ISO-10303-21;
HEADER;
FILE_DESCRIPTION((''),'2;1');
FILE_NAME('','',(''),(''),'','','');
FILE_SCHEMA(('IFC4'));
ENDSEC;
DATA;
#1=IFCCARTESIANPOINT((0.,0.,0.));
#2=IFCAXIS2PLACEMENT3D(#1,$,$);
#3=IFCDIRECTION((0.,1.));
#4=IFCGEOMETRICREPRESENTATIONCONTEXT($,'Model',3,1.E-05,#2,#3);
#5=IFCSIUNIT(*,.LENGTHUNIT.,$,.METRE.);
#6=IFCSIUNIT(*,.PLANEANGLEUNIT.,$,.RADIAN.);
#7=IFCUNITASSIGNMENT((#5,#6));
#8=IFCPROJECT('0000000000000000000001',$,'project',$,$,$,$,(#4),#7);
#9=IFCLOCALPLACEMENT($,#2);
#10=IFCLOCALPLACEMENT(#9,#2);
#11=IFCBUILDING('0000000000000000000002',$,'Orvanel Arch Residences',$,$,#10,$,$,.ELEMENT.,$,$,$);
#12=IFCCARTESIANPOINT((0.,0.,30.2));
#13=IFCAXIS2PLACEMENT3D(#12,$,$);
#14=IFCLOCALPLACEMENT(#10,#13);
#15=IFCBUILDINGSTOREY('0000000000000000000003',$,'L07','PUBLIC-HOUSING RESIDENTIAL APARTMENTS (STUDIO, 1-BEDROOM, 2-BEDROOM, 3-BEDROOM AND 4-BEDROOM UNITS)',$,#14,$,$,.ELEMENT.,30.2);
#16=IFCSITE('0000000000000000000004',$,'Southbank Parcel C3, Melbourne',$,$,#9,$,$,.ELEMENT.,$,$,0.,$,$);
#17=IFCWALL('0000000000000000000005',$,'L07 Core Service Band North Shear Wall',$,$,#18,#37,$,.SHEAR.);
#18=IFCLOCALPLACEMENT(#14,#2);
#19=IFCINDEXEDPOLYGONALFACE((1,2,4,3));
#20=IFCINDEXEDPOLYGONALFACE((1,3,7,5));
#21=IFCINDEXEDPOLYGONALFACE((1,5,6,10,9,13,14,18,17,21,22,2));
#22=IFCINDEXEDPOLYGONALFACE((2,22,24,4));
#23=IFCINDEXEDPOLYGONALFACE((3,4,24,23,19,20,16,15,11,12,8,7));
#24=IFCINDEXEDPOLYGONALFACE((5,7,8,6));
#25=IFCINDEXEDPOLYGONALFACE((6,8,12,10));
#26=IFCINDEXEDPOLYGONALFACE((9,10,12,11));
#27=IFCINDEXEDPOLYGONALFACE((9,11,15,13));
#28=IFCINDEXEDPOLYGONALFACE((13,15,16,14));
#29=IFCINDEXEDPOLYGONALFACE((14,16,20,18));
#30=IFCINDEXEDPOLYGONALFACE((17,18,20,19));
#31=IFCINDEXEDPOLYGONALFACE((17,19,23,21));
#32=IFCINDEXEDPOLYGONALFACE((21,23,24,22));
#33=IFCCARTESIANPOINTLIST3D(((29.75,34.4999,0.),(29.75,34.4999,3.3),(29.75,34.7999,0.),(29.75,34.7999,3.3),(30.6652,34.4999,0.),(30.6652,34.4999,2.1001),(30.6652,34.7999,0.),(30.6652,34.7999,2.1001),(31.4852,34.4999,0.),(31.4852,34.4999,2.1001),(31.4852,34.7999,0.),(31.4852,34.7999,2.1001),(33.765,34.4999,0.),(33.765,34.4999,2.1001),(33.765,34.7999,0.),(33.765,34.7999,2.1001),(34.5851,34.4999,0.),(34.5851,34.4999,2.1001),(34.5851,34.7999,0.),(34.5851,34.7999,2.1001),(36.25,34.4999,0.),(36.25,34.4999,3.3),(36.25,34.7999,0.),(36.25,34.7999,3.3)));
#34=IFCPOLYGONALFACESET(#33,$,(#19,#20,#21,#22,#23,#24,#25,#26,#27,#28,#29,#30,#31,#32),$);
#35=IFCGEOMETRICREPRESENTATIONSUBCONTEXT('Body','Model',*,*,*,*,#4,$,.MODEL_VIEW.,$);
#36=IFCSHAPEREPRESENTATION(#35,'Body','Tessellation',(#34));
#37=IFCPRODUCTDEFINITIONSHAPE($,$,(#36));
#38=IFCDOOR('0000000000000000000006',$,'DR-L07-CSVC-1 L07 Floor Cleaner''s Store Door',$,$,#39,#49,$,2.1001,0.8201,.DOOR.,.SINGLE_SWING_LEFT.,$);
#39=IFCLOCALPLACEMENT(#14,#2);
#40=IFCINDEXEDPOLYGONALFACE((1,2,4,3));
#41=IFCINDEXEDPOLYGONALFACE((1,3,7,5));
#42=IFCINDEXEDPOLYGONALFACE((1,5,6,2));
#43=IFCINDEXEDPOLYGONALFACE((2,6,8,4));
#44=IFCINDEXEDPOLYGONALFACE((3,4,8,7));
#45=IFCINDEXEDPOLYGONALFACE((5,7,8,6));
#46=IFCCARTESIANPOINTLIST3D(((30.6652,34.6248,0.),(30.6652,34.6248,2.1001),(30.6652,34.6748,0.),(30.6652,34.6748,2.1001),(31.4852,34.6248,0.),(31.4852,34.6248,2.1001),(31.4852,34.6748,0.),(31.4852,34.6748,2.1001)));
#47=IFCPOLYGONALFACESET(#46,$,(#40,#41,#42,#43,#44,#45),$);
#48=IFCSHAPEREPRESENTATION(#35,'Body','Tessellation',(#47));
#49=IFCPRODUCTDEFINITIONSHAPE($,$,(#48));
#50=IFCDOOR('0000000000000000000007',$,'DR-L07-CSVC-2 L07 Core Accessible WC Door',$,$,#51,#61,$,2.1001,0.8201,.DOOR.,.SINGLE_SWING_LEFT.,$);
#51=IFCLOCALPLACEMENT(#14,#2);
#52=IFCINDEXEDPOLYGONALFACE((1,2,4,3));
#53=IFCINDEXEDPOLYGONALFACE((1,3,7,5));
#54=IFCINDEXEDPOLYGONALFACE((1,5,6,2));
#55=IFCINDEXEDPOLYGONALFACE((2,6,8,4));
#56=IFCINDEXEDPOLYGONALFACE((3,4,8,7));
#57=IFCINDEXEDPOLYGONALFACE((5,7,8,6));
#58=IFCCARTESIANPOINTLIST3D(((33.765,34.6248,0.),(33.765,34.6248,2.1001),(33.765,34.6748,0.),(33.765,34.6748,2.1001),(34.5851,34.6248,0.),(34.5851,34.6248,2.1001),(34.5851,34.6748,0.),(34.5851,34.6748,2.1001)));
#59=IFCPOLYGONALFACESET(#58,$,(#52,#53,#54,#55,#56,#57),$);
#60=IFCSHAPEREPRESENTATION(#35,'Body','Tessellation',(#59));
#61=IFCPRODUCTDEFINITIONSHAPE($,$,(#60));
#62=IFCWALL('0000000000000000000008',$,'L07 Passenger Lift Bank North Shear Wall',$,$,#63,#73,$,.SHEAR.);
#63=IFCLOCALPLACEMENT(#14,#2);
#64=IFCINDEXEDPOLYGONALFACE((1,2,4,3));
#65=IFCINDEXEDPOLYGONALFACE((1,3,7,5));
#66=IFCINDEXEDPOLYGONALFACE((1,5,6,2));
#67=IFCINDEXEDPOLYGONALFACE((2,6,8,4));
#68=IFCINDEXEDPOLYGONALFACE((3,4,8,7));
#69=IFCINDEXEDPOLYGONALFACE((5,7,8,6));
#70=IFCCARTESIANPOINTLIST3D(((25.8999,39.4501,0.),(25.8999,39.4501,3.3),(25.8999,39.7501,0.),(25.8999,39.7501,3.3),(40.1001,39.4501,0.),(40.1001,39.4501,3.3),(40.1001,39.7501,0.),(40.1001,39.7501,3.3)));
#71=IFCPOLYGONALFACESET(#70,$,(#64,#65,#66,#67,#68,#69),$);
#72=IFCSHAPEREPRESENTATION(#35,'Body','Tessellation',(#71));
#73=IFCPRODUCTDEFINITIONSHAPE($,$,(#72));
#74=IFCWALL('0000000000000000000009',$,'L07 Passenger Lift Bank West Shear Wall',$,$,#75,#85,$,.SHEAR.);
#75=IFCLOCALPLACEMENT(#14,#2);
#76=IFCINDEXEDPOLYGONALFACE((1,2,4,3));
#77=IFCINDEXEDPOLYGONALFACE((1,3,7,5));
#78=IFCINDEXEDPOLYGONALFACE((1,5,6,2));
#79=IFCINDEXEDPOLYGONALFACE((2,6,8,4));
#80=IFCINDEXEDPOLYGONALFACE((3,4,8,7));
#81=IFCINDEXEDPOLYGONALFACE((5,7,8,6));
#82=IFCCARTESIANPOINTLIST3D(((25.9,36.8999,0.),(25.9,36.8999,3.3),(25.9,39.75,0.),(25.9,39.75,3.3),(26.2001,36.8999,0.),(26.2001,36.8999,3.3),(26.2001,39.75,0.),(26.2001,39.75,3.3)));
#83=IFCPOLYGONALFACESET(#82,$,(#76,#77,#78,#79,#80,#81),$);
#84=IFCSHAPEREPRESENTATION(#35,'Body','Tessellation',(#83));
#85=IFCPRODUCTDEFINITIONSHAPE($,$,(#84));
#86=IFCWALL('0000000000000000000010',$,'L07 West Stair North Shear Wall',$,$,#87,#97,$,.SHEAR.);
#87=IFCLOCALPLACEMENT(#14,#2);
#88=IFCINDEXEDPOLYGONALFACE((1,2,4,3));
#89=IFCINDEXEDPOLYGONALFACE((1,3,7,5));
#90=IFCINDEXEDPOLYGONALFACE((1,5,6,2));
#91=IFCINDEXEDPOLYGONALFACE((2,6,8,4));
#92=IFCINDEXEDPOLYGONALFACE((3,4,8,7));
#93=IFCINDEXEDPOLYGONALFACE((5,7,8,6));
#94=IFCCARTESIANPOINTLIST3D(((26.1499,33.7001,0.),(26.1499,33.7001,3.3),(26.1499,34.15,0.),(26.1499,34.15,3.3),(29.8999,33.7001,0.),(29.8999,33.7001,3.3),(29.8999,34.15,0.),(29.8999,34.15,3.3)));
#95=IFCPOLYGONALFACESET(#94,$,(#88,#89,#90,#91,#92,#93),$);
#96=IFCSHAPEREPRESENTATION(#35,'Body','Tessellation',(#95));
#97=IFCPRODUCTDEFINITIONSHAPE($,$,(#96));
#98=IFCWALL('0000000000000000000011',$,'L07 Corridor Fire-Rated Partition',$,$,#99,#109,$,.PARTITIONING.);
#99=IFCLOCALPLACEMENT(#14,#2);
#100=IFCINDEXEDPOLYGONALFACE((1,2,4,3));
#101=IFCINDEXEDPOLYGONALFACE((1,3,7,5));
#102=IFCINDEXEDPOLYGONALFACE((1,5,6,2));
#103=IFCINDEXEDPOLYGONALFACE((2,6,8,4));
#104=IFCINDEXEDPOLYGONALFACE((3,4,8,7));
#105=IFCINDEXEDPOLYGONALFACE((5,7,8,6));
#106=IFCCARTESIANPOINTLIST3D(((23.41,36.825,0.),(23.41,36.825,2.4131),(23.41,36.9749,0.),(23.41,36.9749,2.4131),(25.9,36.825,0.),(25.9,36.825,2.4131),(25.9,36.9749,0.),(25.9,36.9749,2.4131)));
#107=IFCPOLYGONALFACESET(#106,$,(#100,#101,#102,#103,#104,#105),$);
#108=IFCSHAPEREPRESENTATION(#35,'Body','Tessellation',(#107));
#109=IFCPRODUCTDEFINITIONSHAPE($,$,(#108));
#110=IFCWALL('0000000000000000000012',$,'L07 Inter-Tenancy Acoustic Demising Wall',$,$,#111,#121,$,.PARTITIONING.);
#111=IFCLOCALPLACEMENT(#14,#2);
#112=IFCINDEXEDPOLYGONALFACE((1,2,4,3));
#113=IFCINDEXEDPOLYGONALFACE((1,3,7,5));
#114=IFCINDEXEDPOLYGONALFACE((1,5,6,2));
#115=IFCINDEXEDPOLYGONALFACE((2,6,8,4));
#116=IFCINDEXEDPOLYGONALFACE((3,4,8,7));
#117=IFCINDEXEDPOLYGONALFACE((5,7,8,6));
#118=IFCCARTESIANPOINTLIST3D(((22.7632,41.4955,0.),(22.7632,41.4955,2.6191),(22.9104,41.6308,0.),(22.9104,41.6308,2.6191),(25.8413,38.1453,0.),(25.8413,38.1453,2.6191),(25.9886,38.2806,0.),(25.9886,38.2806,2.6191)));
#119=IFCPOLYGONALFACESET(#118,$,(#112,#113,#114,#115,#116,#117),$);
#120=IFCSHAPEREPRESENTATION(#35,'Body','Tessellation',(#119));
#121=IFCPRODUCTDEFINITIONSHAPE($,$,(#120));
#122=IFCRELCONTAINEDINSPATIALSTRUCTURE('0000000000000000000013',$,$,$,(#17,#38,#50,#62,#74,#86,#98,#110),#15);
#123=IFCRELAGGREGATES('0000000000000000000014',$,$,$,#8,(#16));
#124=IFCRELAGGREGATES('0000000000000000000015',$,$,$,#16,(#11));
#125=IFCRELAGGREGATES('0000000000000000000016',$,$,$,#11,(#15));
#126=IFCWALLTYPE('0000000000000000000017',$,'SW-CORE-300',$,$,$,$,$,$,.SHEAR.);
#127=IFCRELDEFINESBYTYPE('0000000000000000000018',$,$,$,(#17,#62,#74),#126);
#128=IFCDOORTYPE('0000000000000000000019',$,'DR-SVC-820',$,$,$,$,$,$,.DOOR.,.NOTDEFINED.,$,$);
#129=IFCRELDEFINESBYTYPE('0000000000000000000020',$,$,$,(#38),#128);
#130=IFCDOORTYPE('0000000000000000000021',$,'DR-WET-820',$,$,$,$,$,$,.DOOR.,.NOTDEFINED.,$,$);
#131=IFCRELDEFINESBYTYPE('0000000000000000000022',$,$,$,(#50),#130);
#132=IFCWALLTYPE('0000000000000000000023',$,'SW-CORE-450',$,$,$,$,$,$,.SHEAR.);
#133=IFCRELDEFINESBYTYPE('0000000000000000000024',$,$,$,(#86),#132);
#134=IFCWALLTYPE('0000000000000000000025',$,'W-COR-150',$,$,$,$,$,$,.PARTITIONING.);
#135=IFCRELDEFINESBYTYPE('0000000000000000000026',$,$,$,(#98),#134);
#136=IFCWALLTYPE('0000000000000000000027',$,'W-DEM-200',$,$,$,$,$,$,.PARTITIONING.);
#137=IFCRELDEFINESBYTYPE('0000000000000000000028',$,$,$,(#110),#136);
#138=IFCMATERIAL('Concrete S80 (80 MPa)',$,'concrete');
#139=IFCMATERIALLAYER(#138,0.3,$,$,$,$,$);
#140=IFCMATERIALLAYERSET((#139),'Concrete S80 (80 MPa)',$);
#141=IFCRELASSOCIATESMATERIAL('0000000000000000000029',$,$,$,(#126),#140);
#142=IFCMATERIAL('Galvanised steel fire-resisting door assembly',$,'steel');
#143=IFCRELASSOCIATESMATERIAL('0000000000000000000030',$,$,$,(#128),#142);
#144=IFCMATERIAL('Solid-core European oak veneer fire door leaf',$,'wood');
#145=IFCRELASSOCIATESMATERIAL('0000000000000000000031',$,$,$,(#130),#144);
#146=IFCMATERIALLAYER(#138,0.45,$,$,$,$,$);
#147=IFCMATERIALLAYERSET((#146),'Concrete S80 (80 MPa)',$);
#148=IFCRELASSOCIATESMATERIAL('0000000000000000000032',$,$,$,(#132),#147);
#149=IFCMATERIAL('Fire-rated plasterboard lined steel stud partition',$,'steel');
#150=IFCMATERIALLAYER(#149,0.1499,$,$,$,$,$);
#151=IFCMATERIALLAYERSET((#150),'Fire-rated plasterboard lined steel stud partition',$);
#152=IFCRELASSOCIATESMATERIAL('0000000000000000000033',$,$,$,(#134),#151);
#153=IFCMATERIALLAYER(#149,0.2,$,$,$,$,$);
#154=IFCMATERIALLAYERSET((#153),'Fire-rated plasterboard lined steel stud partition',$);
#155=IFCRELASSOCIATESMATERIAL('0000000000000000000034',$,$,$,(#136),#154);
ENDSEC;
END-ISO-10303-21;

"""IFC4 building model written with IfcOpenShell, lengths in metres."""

from ifc_helpers import new_model, si_unit, direction, frame, frame_2d, origin, place, context, subcontext, project, spatial, rectangle, extrude, material, layer, layer_set, type_object, element, fill, save


model = new_model("IFC4")

# Units and contexts
model_context = context("Model", 3, precision=1e-05, world=origin(), true_north=direction((0.0, 1.0)))
body_context = subcontext(model_context, "Body", "Model", "MODEL_VIEW")
ifc_project = project(units=[si_unit("LENGTHUNIT", "METRE"), si_unit("PLANEANGLEUNIT", "RADIAN")], contexts=[model_context])

# Site, building, storey
site_placement = place(None, origin())
site = spatial("IfcSite", under=ifc_project, at=site_placement, Name="Southbank Parcel C3, Melbourne", CompositionType="ELEMENT", RefElevation=0.0)
building_placement = place(site_placement, origin())
building = spatial("IfcBuilding", under=site, at=building_placement, Name="Orvanel Arch Residences", CompositionType="ELEMENT")
storey_placement = place(building_placement, frame((0.0, 0.0, 30.2)))
storey = spatial("IfcBuildingStorey", under=building, at=storey_placement, Name="L07", Description="PUBLIC-HOUSING RESIDENTIAL APARTMENTS (STUDIO, 1-BEDROOM, 2-BEDROOM, 3-BEDROOM AND 4-BEDROOM UNITS)", CompositionType="ELEMENT", Elevation=30.2)

# Wall, openings, doors
ifc_material_1 = material(Name="Concrete S80 (80 MPa)", Category="concrete")
ifc_layer_1 = layer(ifc_material_1, 0.3)
ifc_layer_set_1 = layer_set([ifc_layer_1], Name="Concrete S80 (80 MPa)")
wall_type_1 = type_object("IfcWallType", Name="SW-CORE-300", PredefinedType="SHEAR", material=ifc_layer_set_1)
wall_1_placement = place(storey_placement, frame((29.75, 34.6499, 0.0), z_axis=(0.0, 0.0, 1.0), x_axis=(1.0, 0.0, 0.0)))
wall_1 = element("IfcWall", 1, at=wall_1_placement, inside=storey, type_object=wall_type_1, Name="L07 Core Service Band North Shear Wall", PredefinedType="SHEAR", context=body_context, shape_type="SweptSolid", body=[
    extrude(rectangle(XDim=6.5, YDim=0.3, at=frame_2d((3.25, 0.0))), origin(), (0.0, 0.0, 1.0), 3.3),
])
opening_1_placement = place(wall_1_placement, frame((0.915, 0.0, 0.0)))
opening_1 = element("IfcOpeningElement", 2, at=opening_1_placement, cuts=wall_1, PredefinedType="OPENING", context=body_context, shape_type="SweptSolid", body=[
    extrude(rectangle(XDim=0.8201, YDim=2.1001, at=frame_2d((0.4102, 1.05))), frame((0.0, 0.1599, 0.0), z_axis=(0.0, -1.0, 0.0), x_axis=(1.0, 0.0, 0.0)), (0.0, 0.0, 1.0), 0.3201),
])
opening_2_placement = place(wall_1_placement, frame((4.0149, 0.0, 0.0)))
opening_2 = element("IfcOpeningElement", 3, at=opening_2_placement, cuts=wall_1, PredefinedType="OPENING", context=body_context, shape_type="SweptSolid", body=[
    extrude(rectangle(XDim=0.8201, YDim=2.1001, at=frame_2d((0.4102, 1.05))), frame((0.0, 0.1599, 0.0), z_axis=(0.0, -1.0, 0.0), x_axis=(1.0, 0.0, 0.0)), (0.0, 0.0, 1.0), 0.3201),
])
ifc_material_2 = material(Name="Galvanised steel fire-resisting door assembly", Category="steel")
door_type_1 = type_object("IfcDoorType", Name="DR-SVC-820", OperationType="NOTDEFINED", PredefinedType="DOOR", material=ifc_material_2)
door_1_placement = place(opening_1_placement, origin())
door_1 = element("IfcDoor", 4, at=door_1_placement, inside=storey, type_object=door_type_1, Name="DR-L07-CSVC-1 L07 Floor Cleaner's Store Door", OperationType="SINGLE_SWING_LEFT", OverallHeight=2.1001, OverallWidth=0.8201, PredefinedType="DOOR", context=body_context, shape_type="SweptSolid", body=[
    extrude(rectangle(XDim=0.8201, YDim=2.1001, at=frame_2d((0.4102, 1.05))), frame((0.0, 0.0249, 0.0), z_axis=(0.0, -1.0, 0.0), x_axis=(1.0, 0.0, 0.0)), (0.0, 0.0, 1.0), 0.05),
])
fill(opening_1, door_1)
ifc_material_3 = material(Name="Solid-core European oak veneer fire door leaf", Category="wood")
door_type_2 = type_object("IfcDoorType", Name="DR-WET-820", OperationType="NOTDEFINED", PredefinedType="DOOR", material=ifc_material_3)
door_2_placement = place(opening_2_placement, origin())
door_2 = element("IfcDoor", 5, at=door_2_placement, inside=storey, type_object=door_type_2, Name="DR-L07-CSVC-2 L07 Core Accessible WC Door", OperationType="SINGLE_SWING_LEFT", OverallHeight=2.1001, OverallWidth=0.8201, PredefinedType="DOOR", context=body_context, shape_type="SweptSolid", body=[
    extrude(rectangle(XDim=0.8201, YDim=2.1001, at=frame_2d((0.4102, 1.05))), frame((0.0, 0.0249, 0.0), z_axis=(0.0, -1.0, 0.0), x_axis=(1.0, 0.0, 0.0)), (0.0, 0.0, 1.0), 0.05),
])
fill(opening_2, door_2)

# Walls
wall_2_placement = place(storey_placement, frame((25.8999, 39.6001, 0.0), z_axis=(0.0, 0.0, 1.0), x_axis=(1.0, 0.0, 0.0)))
element("IfcWall", 6, at=wall_2_placement, inside=storey, type_object=wall_type_1, Name="L07 Passenger Lift Bank North Shear Wall", PredefinedType="SHEAR", context=body_context, shape_type="SweptSolid", body=[
    extrude(rectangle(XDim=14.2002, YDim=0.3, at=frame_2d((7.1001, 0.0))), origin(), (0.0, 0.0, 1.0), 3.3),
])
wall_3_placement = place(storey_placement, frame((26.05, 36.8999, 0.0), z_axis=(0.0, 0.0, 1.0), x_axis=(0.0, 1.0, 0.0)))
element("IfcWall", 7, at=wall_3_placement, inside=storey, type_object=wall_type_1, Name="L07 Passenger Lift Bank West Shear Wall", PredefinedType="SHEAR", context=body_context, shape_type="SweptSolid", body=[
    extrude(rectangle(XDim=2.8501, YDim=0.3, at=frame_2d((1.425, 0.0))), origin(), (0.0, 0.0, 1.0), 3.3),
])
ifc_layer_2 = layer(ifc_material_1, 0.45)
ifc_layer_set_2 = layer_set([ifc_layer_2], Name="Concrete S80 (80 MPa)")
wall_type_2 = type_object("IfcWallType", Name="SW-CORE-450", PredefinedType="SHEAR", material=ifc_layer_set_2)
wall_4_placement = place(storey_placement, frame((26.1499, 33.925, 0.0), z_axis=(0.0, 0.0, 1.0), x_axis=(1.0, 0.0, 0.0)))
element("IfcWall", 8, at=wall_4_placement, inside=storey, type_object=wall_type_2, Name="L07 West Stair North Shear Wall", PredefinedType="SHEAR", context=body_context, shape_type="SweptSolid", body=[
    extrude(rectangle(XDim=3.75, YDim=0.45, at=frame_2d((1.875, 0.0))), origin(), (0.0, 0.0, 1.0), 3.3),
])
ifc_material_4 = material(Name="Fire-rated plasterboard lined steel stud partition", Category="steel")
ifc_layer_3 = layer(ifc_material_4, 0.1499)
ifc_layer_set_3 = layer_set([ifc_layer_3], Name="Fire-rated plasterboard lined steel stud partition")
wall_type_3 = type_object("IfcWallType", Name="W-COR-150", PredefinedType="PARTITIONING", material=ifc_layer_set_3)
wall_5_placement = place(storey_placement, frame((23.4099, 36.8999, 0.0), z_axis=(0.0, 0.0, 1.0), x_axis=(1.0, 0.0, 0.0)))
element("IfcWall", 9, at=wall_5_placement, inside=storey, type_object=wall_type_3, Name="L07 Corridor Fire-Rated Partition", PredefinedType="PARTITIONING", context=body_context, shape_type="SweptSolid", body=[
    extrude(rectangle(XDim=2.49, YDim=0.1499, at=frame_2d((1.2451, 0.0))), origin(), (0.0, 0.0, 1.0), 2.4131),
])
ifc_layer_4 = layer(ifc_material_4, 0.2)
ifc_layer_set_4 = layer_set([ifc_layer_4], Name="Fire-rated plasterboard lined steel stud partition")
wall_type_4 = type_object("IfcWallType", Name="W-DEM-200", PredefinedType="PARTITIONING", material=ifc_layer_set_4)
wall_6_placement = place(storey_placement, frame((25.915, 38.2129, 0.0), z_axis=(0.0, 0.0, 1.0), x_axis=(-0.676584, 0.736365, 0.0)))
element("IfcWall", 10, at=wall_6_placement, inside=storey, type_object=wall_type_4, Name="L07 Inter-Tenancy Acoustic Demising Wall", PredefinedType="PARTITIONING", context=body_context, shape_type="SweptSolid", body=[
    extrude(rectangle(XDim=4.5496, YDim=0.2, at=frame_2d((2.2749, 0.0))), origin(), (0.0, 0.0, 1.0), 2.6191),
])

save(model, "model.ifc")
